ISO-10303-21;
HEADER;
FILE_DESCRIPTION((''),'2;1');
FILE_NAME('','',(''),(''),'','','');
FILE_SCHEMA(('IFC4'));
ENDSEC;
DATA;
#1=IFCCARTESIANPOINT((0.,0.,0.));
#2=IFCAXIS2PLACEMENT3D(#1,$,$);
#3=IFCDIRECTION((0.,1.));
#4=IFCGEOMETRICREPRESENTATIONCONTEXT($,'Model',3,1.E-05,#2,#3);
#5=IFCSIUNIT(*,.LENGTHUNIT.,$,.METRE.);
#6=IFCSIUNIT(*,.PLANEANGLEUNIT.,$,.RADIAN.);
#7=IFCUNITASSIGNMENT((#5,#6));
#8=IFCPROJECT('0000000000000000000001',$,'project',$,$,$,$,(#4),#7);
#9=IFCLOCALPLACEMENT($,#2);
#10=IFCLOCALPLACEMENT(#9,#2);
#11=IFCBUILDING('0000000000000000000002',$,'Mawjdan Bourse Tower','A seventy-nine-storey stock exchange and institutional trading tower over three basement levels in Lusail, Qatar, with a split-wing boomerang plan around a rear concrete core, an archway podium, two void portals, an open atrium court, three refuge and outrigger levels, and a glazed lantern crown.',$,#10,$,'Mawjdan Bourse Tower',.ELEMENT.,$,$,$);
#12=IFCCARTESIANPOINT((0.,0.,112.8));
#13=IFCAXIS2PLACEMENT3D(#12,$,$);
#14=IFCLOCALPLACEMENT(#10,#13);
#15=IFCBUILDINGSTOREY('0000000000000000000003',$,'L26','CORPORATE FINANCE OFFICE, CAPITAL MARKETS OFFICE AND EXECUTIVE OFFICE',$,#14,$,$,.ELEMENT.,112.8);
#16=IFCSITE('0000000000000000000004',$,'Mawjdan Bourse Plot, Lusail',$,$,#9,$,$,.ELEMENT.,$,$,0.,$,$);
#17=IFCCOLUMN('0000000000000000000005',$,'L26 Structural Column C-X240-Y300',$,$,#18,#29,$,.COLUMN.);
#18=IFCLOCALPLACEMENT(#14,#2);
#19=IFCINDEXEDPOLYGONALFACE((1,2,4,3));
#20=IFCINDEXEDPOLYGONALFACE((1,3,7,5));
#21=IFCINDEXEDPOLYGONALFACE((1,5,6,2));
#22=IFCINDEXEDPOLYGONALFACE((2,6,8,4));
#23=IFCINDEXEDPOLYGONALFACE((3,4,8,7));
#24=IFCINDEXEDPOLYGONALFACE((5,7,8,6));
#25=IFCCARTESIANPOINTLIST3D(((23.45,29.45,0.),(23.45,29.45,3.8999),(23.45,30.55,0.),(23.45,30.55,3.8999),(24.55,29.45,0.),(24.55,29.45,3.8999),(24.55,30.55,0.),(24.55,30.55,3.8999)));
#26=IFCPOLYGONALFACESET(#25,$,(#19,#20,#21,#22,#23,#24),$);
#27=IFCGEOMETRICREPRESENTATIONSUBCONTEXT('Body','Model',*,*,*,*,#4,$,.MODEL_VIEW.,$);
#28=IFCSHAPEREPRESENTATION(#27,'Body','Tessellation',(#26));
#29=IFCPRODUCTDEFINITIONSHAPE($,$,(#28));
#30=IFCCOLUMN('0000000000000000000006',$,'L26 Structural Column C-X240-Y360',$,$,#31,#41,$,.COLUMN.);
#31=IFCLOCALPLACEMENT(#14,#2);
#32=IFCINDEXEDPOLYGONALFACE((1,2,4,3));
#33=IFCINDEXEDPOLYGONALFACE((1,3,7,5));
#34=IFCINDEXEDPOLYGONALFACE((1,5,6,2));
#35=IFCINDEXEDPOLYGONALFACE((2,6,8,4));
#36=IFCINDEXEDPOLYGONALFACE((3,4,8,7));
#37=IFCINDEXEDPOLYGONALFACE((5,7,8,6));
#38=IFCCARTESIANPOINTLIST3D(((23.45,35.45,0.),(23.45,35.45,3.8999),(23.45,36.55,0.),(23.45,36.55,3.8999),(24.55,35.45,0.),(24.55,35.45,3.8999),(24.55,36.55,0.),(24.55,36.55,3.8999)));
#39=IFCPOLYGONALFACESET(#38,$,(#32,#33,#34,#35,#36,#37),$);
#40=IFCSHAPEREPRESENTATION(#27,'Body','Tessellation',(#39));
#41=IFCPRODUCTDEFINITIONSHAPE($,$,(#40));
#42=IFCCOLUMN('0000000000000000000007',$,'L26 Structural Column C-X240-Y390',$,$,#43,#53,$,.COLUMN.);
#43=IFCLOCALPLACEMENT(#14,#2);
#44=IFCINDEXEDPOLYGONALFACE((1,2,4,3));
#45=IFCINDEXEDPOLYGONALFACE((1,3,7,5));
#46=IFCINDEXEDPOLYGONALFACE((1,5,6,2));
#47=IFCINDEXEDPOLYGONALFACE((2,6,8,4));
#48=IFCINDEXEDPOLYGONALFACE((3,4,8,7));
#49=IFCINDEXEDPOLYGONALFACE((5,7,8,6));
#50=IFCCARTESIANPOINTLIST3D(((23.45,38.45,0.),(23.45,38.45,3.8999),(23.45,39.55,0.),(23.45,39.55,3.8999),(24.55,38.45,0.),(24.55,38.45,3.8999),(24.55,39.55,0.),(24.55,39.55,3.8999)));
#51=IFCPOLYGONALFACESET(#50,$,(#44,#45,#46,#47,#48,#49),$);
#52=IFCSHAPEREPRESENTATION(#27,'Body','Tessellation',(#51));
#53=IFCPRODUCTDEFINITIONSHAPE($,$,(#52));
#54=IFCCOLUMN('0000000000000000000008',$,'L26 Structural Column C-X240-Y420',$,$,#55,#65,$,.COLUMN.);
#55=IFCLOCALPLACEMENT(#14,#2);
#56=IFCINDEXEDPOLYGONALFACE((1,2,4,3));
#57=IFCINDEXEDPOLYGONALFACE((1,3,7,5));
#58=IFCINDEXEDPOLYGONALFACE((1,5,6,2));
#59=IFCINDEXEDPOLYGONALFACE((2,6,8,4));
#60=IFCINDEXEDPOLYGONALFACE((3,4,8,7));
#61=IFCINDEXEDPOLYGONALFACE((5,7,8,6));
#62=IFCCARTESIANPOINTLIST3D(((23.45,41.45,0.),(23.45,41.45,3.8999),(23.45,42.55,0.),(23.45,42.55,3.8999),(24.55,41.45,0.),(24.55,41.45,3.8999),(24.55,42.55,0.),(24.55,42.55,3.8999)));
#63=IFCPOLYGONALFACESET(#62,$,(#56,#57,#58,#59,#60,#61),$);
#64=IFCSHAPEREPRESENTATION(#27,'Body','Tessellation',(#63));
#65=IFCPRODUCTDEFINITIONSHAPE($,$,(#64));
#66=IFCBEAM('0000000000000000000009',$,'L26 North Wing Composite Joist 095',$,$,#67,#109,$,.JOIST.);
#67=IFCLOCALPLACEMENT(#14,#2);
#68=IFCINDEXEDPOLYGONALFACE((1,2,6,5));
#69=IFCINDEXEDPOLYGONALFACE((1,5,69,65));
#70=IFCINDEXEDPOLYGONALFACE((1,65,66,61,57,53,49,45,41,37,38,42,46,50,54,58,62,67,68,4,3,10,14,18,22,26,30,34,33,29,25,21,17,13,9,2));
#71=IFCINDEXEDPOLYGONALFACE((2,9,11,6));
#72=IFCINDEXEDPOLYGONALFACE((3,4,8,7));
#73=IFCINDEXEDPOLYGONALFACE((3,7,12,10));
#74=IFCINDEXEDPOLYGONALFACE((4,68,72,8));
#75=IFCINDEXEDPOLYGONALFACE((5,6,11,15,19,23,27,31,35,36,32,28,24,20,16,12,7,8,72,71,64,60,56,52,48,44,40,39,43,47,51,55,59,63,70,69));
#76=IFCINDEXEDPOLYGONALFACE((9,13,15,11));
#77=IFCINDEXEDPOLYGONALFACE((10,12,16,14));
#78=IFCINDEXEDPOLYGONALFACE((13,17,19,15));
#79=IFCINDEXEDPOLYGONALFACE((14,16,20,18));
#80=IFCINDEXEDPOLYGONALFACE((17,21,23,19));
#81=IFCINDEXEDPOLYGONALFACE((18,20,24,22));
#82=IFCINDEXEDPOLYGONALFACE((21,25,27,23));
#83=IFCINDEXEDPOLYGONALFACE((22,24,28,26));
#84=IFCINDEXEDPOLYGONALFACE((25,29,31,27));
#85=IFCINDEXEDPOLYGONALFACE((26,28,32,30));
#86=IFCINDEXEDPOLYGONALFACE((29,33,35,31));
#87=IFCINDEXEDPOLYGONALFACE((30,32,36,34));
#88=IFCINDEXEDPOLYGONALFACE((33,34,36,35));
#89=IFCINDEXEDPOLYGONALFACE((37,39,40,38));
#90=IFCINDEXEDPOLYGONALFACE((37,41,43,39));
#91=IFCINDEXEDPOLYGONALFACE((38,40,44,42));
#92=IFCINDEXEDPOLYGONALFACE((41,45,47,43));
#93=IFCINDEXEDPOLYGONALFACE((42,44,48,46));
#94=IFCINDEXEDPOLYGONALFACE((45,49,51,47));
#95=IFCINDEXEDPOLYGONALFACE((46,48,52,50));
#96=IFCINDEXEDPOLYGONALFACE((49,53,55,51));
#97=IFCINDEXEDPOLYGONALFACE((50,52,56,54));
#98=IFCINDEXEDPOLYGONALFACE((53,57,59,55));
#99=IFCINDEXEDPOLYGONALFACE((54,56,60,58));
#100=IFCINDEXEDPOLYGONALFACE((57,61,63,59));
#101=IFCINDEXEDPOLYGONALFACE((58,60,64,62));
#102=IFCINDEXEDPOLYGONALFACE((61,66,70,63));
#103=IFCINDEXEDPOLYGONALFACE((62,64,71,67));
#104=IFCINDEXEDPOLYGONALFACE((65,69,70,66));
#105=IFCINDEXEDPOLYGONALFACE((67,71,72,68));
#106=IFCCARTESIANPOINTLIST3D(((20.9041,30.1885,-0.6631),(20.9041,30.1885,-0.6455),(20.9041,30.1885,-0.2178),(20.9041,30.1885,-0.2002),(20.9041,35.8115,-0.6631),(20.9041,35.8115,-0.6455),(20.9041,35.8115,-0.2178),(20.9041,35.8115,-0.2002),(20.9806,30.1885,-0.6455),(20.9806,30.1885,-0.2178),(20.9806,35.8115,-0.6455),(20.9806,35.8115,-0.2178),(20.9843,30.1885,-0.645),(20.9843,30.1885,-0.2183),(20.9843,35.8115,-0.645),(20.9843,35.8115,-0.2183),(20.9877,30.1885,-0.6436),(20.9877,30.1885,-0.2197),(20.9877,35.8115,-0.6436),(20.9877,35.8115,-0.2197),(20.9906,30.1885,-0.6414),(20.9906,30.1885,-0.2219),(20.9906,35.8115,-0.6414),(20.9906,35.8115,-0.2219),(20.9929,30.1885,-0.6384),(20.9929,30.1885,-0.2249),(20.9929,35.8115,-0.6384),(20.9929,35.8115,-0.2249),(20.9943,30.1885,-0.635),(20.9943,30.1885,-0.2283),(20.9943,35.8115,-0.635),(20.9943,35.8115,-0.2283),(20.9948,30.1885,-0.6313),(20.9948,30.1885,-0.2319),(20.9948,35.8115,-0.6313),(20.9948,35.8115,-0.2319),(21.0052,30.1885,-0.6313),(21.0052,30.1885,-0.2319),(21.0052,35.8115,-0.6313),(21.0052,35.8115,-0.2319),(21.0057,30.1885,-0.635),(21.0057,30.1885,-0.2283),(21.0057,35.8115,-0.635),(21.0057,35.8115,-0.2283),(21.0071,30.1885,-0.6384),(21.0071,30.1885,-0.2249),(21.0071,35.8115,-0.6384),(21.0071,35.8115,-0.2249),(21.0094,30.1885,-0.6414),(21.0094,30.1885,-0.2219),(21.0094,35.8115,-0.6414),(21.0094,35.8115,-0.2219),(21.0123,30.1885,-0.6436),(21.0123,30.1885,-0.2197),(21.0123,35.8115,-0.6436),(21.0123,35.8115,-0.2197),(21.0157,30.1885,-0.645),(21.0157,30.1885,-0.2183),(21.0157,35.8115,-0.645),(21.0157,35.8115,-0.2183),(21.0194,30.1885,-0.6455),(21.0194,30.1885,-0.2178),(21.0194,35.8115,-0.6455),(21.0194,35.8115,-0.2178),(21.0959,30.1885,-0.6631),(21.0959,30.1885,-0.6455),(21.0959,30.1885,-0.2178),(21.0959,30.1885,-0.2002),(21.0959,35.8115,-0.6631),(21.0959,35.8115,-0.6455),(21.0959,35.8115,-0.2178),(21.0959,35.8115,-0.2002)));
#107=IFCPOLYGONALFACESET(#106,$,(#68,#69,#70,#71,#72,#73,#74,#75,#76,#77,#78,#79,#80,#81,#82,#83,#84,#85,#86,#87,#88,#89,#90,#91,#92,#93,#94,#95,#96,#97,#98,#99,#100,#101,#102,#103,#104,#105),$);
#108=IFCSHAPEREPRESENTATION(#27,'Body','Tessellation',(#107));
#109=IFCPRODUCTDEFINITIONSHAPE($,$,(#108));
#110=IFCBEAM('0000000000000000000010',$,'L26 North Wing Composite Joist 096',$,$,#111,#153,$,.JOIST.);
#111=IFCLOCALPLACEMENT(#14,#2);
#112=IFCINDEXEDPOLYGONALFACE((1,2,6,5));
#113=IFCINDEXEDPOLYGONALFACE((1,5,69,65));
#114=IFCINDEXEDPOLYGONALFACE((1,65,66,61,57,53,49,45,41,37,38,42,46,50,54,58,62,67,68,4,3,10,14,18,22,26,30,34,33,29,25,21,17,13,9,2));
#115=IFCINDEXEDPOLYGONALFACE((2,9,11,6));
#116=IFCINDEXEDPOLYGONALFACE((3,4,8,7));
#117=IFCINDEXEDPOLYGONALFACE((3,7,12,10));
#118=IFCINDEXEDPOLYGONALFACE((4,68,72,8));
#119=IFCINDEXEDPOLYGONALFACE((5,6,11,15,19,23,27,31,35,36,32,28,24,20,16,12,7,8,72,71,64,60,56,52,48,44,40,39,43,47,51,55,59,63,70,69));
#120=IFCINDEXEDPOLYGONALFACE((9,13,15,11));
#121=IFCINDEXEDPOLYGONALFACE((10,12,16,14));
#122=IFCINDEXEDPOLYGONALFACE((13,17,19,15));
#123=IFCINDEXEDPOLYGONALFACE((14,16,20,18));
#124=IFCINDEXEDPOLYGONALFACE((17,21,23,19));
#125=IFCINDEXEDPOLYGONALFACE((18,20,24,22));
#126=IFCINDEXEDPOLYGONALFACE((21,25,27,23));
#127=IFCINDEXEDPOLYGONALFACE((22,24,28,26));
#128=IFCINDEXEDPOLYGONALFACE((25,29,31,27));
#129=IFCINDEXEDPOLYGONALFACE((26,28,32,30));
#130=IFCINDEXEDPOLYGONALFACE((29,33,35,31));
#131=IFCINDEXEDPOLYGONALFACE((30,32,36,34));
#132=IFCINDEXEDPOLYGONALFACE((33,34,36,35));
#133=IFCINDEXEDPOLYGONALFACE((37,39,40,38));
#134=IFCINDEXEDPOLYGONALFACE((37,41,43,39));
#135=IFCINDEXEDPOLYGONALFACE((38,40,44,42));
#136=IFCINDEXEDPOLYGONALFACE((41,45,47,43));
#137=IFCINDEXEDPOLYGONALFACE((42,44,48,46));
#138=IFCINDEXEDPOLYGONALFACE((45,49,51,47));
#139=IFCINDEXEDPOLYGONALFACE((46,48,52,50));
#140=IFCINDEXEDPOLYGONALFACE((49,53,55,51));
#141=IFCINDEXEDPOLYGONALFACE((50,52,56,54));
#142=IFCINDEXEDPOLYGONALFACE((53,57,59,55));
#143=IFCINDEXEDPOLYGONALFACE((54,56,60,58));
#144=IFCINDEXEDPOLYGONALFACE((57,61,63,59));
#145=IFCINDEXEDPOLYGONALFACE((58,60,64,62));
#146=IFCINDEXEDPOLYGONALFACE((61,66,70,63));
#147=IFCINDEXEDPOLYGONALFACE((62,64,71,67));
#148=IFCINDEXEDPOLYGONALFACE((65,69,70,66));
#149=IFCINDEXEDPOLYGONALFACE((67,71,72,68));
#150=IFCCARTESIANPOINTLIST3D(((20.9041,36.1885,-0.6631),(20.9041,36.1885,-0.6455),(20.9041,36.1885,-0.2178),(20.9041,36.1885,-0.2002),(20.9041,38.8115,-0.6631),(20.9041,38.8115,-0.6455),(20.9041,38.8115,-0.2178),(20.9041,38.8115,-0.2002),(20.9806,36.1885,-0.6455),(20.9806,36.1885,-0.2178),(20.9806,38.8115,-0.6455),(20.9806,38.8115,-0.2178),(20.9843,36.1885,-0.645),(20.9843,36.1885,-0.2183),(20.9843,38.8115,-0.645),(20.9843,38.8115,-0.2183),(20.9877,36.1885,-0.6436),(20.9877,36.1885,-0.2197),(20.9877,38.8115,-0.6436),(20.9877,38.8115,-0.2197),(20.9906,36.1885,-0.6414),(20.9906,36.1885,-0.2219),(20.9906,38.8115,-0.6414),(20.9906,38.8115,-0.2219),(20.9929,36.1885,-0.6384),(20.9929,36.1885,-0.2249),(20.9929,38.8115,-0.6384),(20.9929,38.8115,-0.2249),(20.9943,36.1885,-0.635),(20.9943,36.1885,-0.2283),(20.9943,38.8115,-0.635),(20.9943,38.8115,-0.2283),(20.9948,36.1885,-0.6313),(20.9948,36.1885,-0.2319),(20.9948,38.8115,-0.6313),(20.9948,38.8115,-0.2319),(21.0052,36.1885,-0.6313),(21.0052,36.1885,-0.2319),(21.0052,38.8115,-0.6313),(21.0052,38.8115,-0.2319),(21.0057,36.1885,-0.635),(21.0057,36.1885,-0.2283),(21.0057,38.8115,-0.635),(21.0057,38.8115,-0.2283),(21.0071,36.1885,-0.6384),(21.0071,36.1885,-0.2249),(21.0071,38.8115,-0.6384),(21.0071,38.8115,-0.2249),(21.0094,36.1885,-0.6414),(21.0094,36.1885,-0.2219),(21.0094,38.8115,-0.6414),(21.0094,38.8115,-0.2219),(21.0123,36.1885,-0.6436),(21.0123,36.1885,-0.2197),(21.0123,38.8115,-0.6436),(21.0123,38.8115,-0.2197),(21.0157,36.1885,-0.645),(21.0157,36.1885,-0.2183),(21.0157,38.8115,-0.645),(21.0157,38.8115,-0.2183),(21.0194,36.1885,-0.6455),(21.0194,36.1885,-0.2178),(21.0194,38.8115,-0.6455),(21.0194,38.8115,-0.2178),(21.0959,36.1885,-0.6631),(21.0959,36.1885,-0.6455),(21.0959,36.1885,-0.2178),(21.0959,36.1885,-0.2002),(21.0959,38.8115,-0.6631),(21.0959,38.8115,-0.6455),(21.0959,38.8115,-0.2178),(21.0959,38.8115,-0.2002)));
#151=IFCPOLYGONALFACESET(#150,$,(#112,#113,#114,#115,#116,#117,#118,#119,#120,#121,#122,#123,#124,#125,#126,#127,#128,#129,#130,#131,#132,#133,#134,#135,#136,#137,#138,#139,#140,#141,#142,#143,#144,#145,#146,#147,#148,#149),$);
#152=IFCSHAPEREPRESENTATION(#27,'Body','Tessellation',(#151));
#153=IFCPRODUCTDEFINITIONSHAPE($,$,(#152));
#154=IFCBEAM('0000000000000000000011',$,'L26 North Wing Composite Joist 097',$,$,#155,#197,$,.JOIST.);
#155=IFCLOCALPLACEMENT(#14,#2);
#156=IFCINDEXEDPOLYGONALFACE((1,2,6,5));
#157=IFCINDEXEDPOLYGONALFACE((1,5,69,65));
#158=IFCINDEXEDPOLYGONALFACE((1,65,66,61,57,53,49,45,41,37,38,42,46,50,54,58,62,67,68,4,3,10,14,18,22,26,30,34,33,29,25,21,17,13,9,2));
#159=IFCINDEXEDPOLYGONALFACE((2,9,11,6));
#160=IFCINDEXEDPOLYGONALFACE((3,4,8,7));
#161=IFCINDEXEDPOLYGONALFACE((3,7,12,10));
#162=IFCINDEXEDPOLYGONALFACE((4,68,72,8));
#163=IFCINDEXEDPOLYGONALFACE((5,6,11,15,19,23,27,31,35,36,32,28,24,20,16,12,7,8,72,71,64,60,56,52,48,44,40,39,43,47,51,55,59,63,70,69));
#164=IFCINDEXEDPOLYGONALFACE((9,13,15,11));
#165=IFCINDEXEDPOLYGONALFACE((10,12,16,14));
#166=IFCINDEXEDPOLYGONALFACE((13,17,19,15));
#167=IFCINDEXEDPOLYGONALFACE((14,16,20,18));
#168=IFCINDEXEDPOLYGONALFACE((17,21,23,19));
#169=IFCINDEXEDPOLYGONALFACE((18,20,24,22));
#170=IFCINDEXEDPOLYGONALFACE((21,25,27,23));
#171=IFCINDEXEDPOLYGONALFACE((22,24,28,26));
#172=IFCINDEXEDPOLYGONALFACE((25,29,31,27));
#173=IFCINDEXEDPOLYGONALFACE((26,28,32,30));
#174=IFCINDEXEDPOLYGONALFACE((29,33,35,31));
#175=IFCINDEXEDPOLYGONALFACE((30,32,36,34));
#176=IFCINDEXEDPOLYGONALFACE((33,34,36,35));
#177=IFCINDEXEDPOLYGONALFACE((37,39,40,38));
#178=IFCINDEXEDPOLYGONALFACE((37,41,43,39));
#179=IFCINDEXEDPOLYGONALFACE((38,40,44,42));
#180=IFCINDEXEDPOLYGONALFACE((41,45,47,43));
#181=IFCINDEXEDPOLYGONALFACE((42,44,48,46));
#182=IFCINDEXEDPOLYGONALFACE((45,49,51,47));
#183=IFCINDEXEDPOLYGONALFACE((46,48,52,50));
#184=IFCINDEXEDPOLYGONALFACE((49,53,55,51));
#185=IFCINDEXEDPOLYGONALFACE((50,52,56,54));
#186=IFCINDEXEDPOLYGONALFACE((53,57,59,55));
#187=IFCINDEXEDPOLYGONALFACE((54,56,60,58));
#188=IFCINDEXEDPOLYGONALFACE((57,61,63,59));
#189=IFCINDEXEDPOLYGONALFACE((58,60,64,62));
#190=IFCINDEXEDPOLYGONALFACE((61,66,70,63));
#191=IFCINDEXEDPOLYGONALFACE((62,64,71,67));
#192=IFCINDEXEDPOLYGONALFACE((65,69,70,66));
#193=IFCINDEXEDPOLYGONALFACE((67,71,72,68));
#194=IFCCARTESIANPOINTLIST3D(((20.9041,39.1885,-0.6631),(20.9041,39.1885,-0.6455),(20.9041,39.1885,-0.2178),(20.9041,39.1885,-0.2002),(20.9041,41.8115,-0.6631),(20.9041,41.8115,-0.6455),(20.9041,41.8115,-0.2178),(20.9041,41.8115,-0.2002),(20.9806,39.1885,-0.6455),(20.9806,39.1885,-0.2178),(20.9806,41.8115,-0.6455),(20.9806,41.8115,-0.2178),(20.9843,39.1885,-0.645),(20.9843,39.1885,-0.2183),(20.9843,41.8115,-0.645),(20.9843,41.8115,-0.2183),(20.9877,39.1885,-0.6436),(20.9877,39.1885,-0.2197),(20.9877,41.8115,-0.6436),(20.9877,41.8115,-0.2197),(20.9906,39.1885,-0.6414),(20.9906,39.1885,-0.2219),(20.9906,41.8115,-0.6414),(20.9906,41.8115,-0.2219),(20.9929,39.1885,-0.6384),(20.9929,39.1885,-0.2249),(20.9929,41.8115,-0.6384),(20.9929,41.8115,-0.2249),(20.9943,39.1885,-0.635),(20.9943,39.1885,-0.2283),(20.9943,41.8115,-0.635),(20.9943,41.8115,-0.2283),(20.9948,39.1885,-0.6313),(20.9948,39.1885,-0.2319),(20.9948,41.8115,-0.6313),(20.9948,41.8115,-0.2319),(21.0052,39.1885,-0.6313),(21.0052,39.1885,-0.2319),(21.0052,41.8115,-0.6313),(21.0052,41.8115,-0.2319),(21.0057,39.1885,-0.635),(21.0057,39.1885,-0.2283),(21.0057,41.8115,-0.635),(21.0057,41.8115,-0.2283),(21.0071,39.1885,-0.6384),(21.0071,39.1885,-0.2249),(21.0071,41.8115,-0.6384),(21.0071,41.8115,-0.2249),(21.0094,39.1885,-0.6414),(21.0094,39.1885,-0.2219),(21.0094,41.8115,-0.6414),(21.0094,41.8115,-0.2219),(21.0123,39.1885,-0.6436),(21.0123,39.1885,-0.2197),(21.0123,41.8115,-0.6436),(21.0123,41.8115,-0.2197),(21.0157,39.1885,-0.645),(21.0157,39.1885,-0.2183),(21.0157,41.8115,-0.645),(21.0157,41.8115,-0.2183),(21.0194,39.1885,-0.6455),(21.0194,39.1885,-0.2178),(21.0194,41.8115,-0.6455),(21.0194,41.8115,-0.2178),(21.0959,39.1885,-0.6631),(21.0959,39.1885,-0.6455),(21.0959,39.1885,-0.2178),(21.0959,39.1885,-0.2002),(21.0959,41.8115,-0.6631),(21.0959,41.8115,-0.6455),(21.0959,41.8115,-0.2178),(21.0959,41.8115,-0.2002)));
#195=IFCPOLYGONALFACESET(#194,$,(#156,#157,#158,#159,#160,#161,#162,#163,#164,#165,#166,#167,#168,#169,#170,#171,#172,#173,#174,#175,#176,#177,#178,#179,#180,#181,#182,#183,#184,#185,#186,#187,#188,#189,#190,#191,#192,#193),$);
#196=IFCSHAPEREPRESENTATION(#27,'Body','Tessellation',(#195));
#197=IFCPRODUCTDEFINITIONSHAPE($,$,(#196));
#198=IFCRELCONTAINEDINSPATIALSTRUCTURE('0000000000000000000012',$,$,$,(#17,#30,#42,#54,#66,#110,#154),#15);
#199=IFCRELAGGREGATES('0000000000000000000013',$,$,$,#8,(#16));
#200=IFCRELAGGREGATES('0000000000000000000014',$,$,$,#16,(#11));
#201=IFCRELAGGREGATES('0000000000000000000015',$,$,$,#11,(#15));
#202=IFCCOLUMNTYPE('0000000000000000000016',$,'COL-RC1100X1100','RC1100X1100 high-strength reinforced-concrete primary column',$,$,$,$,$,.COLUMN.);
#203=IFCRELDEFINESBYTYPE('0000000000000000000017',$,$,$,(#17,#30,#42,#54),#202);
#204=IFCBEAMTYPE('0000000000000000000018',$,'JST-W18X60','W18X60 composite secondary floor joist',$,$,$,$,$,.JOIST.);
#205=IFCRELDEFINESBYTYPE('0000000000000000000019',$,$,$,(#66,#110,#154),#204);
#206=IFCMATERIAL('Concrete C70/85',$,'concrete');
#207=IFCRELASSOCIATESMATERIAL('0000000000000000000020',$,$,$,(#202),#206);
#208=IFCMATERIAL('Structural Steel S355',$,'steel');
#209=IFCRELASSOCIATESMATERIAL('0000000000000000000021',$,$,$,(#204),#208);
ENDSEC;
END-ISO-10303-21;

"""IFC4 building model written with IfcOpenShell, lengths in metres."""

from ifc_helpers import new_model, si_unit, direction, frame, origin, origin_2d, place, context, subcontext, project, spatial, rectangle, i_section, extrude, material, material_profile, profile_set, type_object, element, save


model = new_model("IFC4")

# Units and contexts
model_context = context("Model", 3, precision=1e-05, world=origin(), true_north=direction((0.0, 1.0)))
body_context = subcontext(model_context, "Body", "Model", "MODEL_VIEW")
ifc_project = project(units=[si_unit("LENGTHUNIT", "METRE"), si_unit("PLANEANGLEUNIT", "RADIAN")], contexts=[model_context])

# Site, building, storey
site_placement = place(None, origin())
site = spatial("IfcSite", under=ifc_project, at=site_placement, Name="Mawjdan Bourse Plot, Lusail", CompositionType="ELEMENT", RefElevation=0.0)
building_placement = place(site_placement, origin())
building = spatial("IfcBuilding", under=site, at=building_placement, Name="Mawjdan Bourse Tower", Description="A seventy-nine-storey stock exchange and institutional trading tower over three basement levels in Lusail, Qatar, with a split-wing boomerang plan around a rear concrete core, an archway podium, two void portals, an open atrium court, three refuge and outrigger levels, and a glazed lantern crown.", LongName="Mawjdan Bourse Tower", CompositionType="ELEMENT")
storey_placement = place(building_placement, frame((0.0, 0.0, 112.8)))
storey = spatial("IfcBuildingStorey", under=building, at=storey_placement, Name="L26", Description="CORPORATE FINANCE OFFICE, CAPITAL MARKETS OFFICE AND EXECUTIVE OFFICE", CompositionType="ELEMENT", Elevation=112.8)

# Columns
ifc_material_1 = material(Name="Concrete C70/85", Category="concrete")
ifc_material_profile_1 = material_profile(ifc_material_1, rectangle(XDim=1.1001, YDim=1.1001, at=origin_2d()), Name="RC1100X1100")
ifc_profile_set_1 = profile_set([ifc_material_profile_1], Name="Concrete C70/85")
column_type = type_object("IfcColumnType", Name="COL-RC1100X1100", Description="RC1100X1100 high-strength reinforced-concrete primary column", PredefinedType="COLUMN", material=ifc_profile_set_1)
for number, where, z_axis, x_axis, name in (
    (1, (24.0, 30.0, 0.0), (0.0, 0.0, 1.0), (1.0, 0.0, 0.0), "L26 Structural Column C-X240-Y300"),
    (2, (24.0, 36.0, 0.0), (0.0, 0.0, 1.0), (1.0, 0.0, 0.0), "L26 Structural Column C-X240-Y360"),
    (3, (24.0, 39.0, 0.0), (0.0, 0.0, 1.0), (1.0, 0.0, 0.0), "L26 Structural Column C-X240-Y390"),
    (4, (24.0, 42.0, 0.0), (0.0, 0.0, 1.0), (1.0, 0.0, 0.0), "L26 Structural Column C-X240-Y420"),
):
    element("IfcColumn", number, at=place(storey_placement, frame(where, z_axis=z_axis, x_axis=x_axis)), inside=storey, type_object=column_type, Name=name, PredefinedType="COLUMN", context=body_context, shape_type="SweptSolid", body=[
        extrude(rectangle(XDim=1.1001, YDim=1.1001, at=origin_2d()), origin(), (0.0, 0.0, 1.0), 3.8999),
    ])

# Beams
ifc_material_2 = material(Name="Structural Steel S355", Category="steel")
ifc_material_profile_2 = material_profile(ifc_material_2, i_section(OverallWidth=0.1919, OverallDepth=0.4629, WebThickness=0.0105, FlangeThickness=0.0176, FilletRadius=0.0142, at=origin_2d()), Name="W18X60")
ifc_profile_set_2 = profile_set([ifc_material_profile_2], Name="Structural Steel S355")
beam_type_1 = type_object("IfcBeamType", Name="JST-W18X60", Description="W18X60 composite secondary floor joist", PredefinedType="JOIST", material=ifc_profile_set_2)
beam_placement = place(storey_placement, frame((21.0, 30.1885, -0.4316), z_axis=(0.0, 1.0, 0.0), x_axis=(-1.0, 0.0, 0.0)))
element("IfcBeam", 5, at=beam_placement, inside=storey, type_object=beam_type_1, Name="L26 North Wing Composite Joist 095", PredefinedType="JOIST", context=body_context, shape_type="SweptSolid", body=[
    extrude(i_section(OverallWidth=0.1919, OverallDepth=0.4629, WebThickness=0.0105, FlangeThickness=0.0176, FilletRadius=0.0142, at=origin_2d()), origin(), (0.0, 0.0, 1.0), 5.623),
])
for number, where, z_axis, x_axis, name in (
    (6, (21.0, 36.1885, -0.4316), (0.0, 1.0, 0.0), (-1.0, 0.0, 0.0), "L26 North Wing Composite Joist 096"),
    (7, (21.0, 39.1885, -0.4316), (0.0, 1.0, 0.0), (-1.0, 0.0, 0.0), "L26 North Wing Composite Joist 097"),
):
    element("IfcBeam", number, at=place(storey_placement, frame(where, z_axis=z_axis, x_axis=x_axis)), inside=storey, type_object=beam_type_1, Name=name, PredefinedType="JOIST", context=body_context, shape_type="SweptSolid", body=[
        extrude(i_section(OverallWidth=0.1919, OverallDepth=0.4629, WebThickness=0.0105, FlangeThickness=0.0176, FilletRadius=0.0142, at=origin_2d()), origin(), (0.0, 0.0, 1.0), 2.623),
    ])

save(model, "model.ifc")
